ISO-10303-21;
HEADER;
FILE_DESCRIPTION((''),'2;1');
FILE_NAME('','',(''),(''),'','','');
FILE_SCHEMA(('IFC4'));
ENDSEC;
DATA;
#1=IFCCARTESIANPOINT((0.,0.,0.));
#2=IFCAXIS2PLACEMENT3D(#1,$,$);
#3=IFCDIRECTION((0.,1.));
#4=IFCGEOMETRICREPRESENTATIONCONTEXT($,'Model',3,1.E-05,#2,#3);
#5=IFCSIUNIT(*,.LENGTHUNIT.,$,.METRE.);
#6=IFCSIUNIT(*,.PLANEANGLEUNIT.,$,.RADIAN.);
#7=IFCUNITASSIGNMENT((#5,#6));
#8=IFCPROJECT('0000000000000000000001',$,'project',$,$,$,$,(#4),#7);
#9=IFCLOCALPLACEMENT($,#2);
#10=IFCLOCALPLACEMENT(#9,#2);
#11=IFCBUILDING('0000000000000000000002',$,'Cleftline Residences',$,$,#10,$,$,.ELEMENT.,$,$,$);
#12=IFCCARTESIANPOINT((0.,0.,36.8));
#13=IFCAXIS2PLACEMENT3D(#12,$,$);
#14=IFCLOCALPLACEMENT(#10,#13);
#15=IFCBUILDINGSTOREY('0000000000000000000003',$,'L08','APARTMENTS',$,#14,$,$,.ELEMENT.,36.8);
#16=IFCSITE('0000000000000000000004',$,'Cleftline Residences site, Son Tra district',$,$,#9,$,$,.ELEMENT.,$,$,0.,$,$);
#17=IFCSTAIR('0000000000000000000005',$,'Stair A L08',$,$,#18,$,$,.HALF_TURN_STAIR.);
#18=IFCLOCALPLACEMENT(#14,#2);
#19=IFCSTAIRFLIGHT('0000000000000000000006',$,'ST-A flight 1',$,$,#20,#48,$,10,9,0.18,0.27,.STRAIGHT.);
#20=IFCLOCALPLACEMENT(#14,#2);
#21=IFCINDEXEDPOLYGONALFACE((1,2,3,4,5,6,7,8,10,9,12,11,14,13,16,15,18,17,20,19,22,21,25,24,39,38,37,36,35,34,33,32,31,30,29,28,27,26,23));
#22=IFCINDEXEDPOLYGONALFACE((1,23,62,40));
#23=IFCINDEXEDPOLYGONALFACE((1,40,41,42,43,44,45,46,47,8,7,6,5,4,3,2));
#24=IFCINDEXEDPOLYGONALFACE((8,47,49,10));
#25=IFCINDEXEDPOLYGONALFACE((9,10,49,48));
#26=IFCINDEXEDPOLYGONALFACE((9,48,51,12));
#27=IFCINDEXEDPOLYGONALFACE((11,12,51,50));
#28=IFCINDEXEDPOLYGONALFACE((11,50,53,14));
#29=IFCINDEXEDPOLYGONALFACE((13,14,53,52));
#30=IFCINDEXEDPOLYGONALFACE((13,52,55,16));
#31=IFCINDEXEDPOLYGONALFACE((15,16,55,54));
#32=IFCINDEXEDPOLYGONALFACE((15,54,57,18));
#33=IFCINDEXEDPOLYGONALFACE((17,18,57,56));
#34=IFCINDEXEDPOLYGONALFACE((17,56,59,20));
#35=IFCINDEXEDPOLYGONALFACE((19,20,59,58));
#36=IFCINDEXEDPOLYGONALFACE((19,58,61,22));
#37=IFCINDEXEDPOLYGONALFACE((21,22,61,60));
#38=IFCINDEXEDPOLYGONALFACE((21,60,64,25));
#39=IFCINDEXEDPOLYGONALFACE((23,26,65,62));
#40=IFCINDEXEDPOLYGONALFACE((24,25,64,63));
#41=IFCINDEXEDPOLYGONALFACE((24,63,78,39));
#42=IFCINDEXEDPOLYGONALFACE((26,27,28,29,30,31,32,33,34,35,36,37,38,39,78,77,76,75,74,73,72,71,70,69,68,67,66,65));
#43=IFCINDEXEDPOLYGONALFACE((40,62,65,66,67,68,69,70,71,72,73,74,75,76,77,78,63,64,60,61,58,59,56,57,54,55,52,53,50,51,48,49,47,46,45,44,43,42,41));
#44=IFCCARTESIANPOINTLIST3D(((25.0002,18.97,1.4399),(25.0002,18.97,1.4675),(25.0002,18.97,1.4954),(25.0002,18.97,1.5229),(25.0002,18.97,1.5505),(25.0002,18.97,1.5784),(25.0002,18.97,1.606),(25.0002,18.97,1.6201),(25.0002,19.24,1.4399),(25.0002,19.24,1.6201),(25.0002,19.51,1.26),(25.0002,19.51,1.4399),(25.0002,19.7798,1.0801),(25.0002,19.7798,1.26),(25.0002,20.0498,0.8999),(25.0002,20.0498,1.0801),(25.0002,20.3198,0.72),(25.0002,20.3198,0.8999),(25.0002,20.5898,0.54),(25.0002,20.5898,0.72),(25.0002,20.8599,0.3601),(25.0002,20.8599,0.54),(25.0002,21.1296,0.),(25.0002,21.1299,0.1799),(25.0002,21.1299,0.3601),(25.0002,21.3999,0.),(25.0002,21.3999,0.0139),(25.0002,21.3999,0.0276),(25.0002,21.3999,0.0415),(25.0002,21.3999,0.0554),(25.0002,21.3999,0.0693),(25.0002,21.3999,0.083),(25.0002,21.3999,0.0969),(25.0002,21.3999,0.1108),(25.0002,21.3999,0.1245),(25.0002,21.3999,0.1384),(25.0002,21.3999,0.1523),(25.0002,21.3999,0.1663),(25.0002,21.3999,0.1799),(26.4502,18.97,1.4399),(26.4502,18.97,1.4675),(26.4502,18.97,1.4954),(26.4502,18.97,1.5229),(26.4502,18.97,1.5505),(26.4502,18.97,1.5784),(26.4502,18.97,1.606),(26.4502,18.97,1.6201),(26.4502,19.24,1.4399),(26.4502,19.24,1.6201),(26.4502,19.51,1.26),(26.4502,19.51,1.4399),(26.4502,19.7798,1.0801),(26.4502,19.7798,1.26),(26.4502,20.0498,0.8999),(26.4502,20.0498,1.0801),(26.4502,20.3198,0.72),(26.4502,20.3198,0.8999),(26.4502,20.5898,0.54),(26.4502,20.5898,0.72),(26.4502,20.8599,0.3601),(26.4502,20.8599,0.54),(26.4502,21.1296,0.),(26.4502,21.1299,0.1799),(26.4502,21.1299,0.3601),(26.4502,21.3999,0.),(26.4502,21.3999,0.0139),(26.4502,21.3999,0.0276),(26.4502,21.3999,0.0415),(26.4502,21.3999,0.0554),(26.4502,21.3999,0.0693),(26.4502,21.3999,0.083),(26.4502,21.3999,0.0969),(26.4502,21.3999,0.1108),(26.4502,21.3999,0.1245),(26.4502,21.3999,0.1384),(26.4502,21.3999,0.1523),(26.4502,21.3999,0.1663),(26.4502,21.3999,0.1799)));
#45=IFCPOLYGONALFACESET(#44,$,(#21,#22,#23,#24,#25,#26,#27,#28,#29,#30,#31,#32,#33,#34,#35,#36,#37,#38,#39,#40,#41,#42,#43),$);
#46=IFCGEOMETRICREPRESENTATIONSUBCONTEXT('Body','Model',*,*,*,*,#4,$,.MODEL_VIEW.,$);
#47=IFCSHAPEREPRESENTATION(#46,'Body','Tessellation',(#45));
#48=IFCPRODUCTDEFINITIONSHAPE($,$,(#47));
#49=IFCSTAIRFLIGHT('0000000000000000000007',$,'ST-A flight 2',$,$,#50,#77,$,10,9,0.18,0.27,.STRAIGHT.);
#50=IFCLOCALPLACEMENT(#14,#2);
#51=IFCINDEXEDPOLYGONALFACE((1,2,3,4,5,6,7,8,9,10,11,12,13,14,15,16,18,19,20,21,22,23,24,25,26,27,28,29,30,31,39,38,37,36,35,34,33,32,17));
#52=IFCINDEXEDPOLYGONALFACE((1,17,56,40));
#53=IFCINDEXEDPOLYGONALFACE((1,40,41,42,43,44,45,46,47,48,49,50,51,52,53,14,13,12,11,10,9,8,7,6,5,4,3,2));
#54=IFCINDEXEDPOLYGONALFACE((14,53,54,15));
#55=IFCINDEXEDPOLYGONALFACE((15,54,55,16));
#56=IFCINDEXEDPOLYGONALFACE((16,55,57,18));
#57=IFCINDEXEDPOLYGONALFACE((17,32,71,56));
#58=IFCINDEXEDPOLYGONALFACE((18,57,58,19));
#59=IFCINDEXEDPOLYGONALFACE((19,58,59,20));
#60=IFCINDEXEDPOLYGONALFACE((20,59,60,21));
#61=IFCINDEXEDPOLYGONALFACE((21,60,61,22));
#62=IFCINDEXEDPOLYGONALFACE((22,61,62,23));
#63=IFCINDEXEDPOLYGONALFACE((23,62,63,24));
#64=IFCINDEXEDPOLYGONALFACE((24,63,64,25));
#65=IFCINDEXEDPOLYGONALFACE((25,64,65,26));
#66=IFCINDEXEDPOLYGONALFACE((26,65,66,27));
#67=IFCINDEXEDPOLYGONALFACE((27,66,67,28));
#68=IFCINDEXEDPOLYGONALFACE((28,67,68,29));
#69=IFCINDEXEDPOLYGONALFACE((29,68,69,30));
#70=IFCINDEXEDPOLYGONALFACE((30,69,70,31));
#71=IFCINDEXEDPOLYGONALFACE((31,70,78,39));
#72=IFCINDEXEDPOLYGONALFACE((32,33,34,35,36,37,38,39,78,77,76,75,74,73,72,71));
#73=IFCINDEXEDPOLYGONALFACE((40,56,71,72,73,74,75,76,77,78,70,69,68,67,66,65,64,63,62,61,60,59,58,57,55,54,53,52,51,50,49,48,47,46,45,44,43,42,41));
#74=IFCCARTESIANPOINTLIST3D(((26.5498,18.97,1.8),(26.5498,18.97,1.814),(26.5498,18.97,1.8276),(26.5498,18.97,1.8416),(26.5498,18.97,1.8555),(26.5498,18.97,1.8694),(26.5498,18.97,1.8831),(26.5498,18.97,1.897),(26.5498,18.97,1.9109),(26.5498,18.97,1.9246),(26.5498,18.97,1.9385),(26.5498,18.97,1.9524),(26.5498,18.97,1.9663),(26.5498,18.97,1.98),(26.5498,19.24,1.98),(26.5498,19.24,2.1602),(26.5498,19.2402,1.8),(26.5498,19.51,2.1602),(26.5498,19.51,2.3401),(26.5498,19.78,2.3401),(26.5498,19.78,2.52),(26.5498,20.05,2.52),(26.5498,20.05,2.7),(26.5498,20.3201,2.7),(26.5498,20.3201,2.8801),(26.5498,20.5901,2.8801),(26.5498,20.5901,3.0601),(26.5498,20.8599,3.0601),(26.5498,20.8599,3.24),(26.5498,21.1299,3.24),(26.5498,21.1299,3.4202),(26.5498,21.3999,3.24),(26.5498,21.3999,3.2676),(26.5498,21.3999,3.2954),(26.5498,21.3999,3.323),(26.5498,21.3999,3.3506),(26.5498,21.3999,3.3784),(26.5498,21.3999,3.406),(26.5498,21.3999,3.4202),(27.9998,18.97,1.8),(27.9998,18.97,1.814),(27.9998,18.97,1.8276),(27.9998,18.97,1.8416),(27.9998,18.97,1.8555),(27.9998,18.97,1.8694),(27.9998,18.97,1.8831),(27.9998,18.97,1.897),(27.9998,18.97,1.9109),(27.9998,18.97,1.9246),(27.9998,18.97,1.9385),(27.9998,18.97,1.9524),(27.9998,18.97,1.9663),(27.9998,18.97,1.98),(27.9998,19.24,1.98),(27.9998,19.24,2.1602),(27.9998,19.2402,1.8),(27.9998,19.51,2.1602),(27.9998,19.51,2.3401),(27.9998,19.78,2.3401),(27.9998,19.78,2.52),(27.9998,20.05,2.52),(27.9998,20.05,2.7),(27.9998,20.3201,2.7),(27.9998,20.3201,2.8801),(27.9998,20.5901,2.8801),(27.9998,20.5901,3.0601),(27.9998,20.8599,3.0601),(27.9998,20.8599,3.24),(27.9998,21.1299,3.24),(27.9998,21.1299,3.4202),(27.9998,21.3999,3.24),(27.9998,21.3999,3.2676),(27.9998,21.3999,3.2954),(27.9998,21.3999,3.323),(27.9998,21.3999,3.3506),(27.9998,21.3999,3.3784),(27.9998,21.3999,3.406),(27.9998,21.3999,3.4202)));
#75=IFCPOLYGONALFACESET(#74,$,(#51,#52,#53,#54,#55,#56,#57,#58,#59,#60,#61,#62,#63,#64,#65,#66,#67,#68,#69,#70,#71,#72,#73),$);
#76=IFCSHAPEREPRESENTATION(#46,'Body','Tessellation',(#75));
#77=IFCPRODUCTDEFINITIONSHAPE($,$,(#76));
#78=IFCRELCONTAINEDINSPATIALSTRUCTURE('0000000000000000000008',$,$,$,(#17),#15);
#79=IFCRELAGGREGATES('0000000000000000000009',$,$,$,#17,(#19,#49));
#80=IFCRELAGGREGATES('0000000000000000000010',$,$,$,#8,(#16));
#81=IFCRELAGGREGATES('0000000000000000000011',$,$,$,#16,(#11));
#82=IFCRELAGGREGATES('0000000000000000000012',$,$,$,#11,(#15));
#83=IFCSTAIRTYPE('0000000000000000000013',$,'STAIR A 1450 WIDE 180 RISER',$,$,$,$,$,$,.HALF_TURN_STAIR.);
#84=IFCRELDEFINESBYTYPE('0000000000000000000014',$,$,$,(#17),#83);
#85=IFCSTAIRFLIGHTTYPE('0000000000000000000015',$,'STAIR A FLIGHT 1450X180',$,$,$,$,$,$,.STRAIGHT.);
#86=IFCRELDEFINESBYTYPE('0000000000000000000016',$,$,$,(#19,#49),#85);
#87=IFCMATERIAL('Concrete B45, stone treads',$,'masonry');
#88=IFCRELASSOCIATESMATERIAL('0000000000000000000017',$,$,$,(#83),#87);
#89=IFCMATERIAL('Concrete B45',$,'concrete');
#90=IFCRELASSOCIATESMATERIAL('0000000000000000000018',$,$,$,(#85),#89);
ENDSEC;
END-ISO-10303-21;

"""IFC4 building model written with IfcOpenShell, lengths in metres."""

from ifc_helpers import new_model, si_unit, direction, frame, origin, place, context, subcontext, project, spatial, polyline, outline, extrude, material, type_object, element, aggregate, save


model = new_model("IFC4")

# Units and contexts
model_context = context("Model", 3, precision=1e-05, world=origin(), true_north=direction((0.0, 1.0)))
body_context = subcontext(model_context, "Body", "Model", "MODEL_VIEW")
ifc_project = project(units=[si_unit("LENGTHUNIT", "METRE"), si_unit("PLANEANGLEUNIT", "RADIAN")], contexts=[model_context])

# Site, building, storey
site_placement = place(None, origin())
site = spatial("IfcSite", under=ifc_project, at=site_placement, Name="Cleftline Residences site, Son Tra district", CompositionType="ELEMENT", RefElevation=0.0)
building_placement = place(site_placement, origin())
building = spatial("IfcBuilding", under=site, at=building_placement, Name="Cleftline Residences", CompositionType="ELEMENT")
storey_placement = place(building_placement, frame((0.0, 0.0, 36.8)))
storey = spatial("IfcBuildingStorey", under=building, at=storey_placement, Name="L08", Description="APARTMENTS", CompositionType="ELEMENT", Elevation=36.8)

# Stair, stair flights
ifc_material_1 = material(Name="Concrete B45, stone treads", Category="masonry")
stair_type = type_object("IfcStairType", Name="STAIR A 1450 WIDE 180 RISER", PredefinedType="HALF_TURN_STAIR", material=ifc_material_1)
stair_placement = place(storey_placement, origin())
stair = element("IfcStair", 1, at=stair_placement, inside=storey, type_object=stair_type, Name="Stair A L08", PredefinedType="HALF_TURN_STAIR")
ifc_material_2 = material(Name="Concrete B45", Category="concrete")
stair_flight_type = type_object("IfcStairFlightType", Name="STAIR A FLIGHT 1450X180", PredefinedType="STRAIGHT", material=ifc_material_2)
stair_flight_1_placement = place(storey_placement, frame((25.7251, 21.3999, 0.0), z_axis=(0.0, 0.0, 1.0), x_axis=(0.0, -1.0, 0.0)))
stair_flight_1 = element("IfcStairFlight", 2, at=stair_flight_1_placement, type_object=stair_flight_type, Name="ST-A flight 1", NumberOfRisers=10, NumberOfTreads=9, PredefinedType="STRAIGHT", RiserHeight=0.18, TreadLength=0.27, context=body_context, shape_type="SweptSolid", body=[
    extrude(outline(polyline([(0.0, 0.0), (0.0, 0.0139), (0.0, 0.0276), (0.0, 0.0415), (0.0, 0.0554), (0.0, 0.0693), (0.0, 0.083), (0.0, 0.0969), (0.0, 0.1108), (0.0, 0.1245), (0.0, 0.1384), (0.0, 0.1523), (0.0, 0.1663), (0.0, 0.1799), (0.27, 0.1799), (0.27, 0.3601), (0.54, 0.3601), (0.54, 0.54), (0.8101, 0.54), (0.8101, 0.72), (1.0801, 0.72), (1.0801, 0.8999), (1.3501, 0.8999), (1.3501, 1.0801), (1.6201, 1.0801), (1.6201, 1.26), (1.8899, 1.26), (1.8899, 1.4399), (2.1599, 1.4399), (2.1599, 1.6201), (2.4299, 1.6201), (2.4299, 1.8), (2.4299, 1.7722), (2.4299, 1.7446), (2.4299, 1.7168), (2.4299, 1.6892), (2.4299, 1.6614), (2.4299, 1.6338), (2.4299, 1.606), (2.4299, 1.5784), (2.4299, 1.5505), (2.4299, 1.5229), (2.4299, 1.4954), (2.4299, 1.4675), (2.4299, 1.4399), (0.2703, 0.0), (0.0, 0.0)])), frame((0.0, 0.7251, 0.0), z_axis=(0.0, -1.0, 0.0), x_axis=(1.0, 0.0, 0.0)), (0.0, 0.0, 1.0), 1.45),
])
stair_flight_2_placement = place(storey_placement, frame((27.2749, 18.97, 1.8), z_axis=(0.0, 0.0, 1.0), x_axis=(0.0, 1.0, 0.0)))
stair_flight_2 = element("IfcStairFlight", 3, at=stair_flight_2_placement, type_object=stair_flight_type, Name="ST-A flight 2", NumberOfRisers=10, NumberOfTreads=9, PredefinedType="STRAIGHT", RiserHeight=0.18, TreadLength=0.27, context=body_context, shape_type="SweptSolid", body=[
    extrude(outline(polyline([(0.0, 0.0), (0.0, 0.0139), (0.0, 0.0276), (0.0, 0.0415), (0.0, 0.0554), (0.0, 0.0693), (0.0, 0.083), (0.0, 0.0969), (0.0, 0.1108), (0.0, 0.1245), (0.0, 0.1384), (0.0, 0.1523), (0.0, 0.1663), (0.0, 0.1799), (0.27, 0.1799), (0.27, 0.3601), (0.54, 0.3601), (0.54, 0.54), (0.8101, 0.54), (0.8101, 0.72), (1.0801, 0.72), (1.0801, 0.8999), (1.3501, 0.8999), (1.3501, 1.0801), (1.6201, 1.0801), (1.6201, 1.26), (1.8899, 1.26), (1.8899, 1.4399), (2.1599, 1.4399), (2.1599, 1.6201), (2.4299, 1.6201), (2.4299, 1.8), (2.4299, 1.7722), (2.4299, 1.7446), (2.4299, 1.7168), (2.4299, 1.6892), (2.4299, 1.6614), (2.4299, 1.6338), (2.4299, 1.606), (2.4299, 1.5784), (2.4299, 1.5505), (2.4299, 1.5229), (2.4299, 1.4954), (2.4299, 1.4675), (2.4299, 1.4399), (0.2703, 0.0), (0.0, 0.0)])), frame((0.0, 0.7251, 0.0), z_axis=(0.0, -1.0, 0.0), x_axis=(1.0, 0.0, 0.0)), (0.0, 0.0, 1.0), 1.45),
])
aggregate(stair, [stair_flight_1, stair_flight_2])

save(model, "model.ifc")
